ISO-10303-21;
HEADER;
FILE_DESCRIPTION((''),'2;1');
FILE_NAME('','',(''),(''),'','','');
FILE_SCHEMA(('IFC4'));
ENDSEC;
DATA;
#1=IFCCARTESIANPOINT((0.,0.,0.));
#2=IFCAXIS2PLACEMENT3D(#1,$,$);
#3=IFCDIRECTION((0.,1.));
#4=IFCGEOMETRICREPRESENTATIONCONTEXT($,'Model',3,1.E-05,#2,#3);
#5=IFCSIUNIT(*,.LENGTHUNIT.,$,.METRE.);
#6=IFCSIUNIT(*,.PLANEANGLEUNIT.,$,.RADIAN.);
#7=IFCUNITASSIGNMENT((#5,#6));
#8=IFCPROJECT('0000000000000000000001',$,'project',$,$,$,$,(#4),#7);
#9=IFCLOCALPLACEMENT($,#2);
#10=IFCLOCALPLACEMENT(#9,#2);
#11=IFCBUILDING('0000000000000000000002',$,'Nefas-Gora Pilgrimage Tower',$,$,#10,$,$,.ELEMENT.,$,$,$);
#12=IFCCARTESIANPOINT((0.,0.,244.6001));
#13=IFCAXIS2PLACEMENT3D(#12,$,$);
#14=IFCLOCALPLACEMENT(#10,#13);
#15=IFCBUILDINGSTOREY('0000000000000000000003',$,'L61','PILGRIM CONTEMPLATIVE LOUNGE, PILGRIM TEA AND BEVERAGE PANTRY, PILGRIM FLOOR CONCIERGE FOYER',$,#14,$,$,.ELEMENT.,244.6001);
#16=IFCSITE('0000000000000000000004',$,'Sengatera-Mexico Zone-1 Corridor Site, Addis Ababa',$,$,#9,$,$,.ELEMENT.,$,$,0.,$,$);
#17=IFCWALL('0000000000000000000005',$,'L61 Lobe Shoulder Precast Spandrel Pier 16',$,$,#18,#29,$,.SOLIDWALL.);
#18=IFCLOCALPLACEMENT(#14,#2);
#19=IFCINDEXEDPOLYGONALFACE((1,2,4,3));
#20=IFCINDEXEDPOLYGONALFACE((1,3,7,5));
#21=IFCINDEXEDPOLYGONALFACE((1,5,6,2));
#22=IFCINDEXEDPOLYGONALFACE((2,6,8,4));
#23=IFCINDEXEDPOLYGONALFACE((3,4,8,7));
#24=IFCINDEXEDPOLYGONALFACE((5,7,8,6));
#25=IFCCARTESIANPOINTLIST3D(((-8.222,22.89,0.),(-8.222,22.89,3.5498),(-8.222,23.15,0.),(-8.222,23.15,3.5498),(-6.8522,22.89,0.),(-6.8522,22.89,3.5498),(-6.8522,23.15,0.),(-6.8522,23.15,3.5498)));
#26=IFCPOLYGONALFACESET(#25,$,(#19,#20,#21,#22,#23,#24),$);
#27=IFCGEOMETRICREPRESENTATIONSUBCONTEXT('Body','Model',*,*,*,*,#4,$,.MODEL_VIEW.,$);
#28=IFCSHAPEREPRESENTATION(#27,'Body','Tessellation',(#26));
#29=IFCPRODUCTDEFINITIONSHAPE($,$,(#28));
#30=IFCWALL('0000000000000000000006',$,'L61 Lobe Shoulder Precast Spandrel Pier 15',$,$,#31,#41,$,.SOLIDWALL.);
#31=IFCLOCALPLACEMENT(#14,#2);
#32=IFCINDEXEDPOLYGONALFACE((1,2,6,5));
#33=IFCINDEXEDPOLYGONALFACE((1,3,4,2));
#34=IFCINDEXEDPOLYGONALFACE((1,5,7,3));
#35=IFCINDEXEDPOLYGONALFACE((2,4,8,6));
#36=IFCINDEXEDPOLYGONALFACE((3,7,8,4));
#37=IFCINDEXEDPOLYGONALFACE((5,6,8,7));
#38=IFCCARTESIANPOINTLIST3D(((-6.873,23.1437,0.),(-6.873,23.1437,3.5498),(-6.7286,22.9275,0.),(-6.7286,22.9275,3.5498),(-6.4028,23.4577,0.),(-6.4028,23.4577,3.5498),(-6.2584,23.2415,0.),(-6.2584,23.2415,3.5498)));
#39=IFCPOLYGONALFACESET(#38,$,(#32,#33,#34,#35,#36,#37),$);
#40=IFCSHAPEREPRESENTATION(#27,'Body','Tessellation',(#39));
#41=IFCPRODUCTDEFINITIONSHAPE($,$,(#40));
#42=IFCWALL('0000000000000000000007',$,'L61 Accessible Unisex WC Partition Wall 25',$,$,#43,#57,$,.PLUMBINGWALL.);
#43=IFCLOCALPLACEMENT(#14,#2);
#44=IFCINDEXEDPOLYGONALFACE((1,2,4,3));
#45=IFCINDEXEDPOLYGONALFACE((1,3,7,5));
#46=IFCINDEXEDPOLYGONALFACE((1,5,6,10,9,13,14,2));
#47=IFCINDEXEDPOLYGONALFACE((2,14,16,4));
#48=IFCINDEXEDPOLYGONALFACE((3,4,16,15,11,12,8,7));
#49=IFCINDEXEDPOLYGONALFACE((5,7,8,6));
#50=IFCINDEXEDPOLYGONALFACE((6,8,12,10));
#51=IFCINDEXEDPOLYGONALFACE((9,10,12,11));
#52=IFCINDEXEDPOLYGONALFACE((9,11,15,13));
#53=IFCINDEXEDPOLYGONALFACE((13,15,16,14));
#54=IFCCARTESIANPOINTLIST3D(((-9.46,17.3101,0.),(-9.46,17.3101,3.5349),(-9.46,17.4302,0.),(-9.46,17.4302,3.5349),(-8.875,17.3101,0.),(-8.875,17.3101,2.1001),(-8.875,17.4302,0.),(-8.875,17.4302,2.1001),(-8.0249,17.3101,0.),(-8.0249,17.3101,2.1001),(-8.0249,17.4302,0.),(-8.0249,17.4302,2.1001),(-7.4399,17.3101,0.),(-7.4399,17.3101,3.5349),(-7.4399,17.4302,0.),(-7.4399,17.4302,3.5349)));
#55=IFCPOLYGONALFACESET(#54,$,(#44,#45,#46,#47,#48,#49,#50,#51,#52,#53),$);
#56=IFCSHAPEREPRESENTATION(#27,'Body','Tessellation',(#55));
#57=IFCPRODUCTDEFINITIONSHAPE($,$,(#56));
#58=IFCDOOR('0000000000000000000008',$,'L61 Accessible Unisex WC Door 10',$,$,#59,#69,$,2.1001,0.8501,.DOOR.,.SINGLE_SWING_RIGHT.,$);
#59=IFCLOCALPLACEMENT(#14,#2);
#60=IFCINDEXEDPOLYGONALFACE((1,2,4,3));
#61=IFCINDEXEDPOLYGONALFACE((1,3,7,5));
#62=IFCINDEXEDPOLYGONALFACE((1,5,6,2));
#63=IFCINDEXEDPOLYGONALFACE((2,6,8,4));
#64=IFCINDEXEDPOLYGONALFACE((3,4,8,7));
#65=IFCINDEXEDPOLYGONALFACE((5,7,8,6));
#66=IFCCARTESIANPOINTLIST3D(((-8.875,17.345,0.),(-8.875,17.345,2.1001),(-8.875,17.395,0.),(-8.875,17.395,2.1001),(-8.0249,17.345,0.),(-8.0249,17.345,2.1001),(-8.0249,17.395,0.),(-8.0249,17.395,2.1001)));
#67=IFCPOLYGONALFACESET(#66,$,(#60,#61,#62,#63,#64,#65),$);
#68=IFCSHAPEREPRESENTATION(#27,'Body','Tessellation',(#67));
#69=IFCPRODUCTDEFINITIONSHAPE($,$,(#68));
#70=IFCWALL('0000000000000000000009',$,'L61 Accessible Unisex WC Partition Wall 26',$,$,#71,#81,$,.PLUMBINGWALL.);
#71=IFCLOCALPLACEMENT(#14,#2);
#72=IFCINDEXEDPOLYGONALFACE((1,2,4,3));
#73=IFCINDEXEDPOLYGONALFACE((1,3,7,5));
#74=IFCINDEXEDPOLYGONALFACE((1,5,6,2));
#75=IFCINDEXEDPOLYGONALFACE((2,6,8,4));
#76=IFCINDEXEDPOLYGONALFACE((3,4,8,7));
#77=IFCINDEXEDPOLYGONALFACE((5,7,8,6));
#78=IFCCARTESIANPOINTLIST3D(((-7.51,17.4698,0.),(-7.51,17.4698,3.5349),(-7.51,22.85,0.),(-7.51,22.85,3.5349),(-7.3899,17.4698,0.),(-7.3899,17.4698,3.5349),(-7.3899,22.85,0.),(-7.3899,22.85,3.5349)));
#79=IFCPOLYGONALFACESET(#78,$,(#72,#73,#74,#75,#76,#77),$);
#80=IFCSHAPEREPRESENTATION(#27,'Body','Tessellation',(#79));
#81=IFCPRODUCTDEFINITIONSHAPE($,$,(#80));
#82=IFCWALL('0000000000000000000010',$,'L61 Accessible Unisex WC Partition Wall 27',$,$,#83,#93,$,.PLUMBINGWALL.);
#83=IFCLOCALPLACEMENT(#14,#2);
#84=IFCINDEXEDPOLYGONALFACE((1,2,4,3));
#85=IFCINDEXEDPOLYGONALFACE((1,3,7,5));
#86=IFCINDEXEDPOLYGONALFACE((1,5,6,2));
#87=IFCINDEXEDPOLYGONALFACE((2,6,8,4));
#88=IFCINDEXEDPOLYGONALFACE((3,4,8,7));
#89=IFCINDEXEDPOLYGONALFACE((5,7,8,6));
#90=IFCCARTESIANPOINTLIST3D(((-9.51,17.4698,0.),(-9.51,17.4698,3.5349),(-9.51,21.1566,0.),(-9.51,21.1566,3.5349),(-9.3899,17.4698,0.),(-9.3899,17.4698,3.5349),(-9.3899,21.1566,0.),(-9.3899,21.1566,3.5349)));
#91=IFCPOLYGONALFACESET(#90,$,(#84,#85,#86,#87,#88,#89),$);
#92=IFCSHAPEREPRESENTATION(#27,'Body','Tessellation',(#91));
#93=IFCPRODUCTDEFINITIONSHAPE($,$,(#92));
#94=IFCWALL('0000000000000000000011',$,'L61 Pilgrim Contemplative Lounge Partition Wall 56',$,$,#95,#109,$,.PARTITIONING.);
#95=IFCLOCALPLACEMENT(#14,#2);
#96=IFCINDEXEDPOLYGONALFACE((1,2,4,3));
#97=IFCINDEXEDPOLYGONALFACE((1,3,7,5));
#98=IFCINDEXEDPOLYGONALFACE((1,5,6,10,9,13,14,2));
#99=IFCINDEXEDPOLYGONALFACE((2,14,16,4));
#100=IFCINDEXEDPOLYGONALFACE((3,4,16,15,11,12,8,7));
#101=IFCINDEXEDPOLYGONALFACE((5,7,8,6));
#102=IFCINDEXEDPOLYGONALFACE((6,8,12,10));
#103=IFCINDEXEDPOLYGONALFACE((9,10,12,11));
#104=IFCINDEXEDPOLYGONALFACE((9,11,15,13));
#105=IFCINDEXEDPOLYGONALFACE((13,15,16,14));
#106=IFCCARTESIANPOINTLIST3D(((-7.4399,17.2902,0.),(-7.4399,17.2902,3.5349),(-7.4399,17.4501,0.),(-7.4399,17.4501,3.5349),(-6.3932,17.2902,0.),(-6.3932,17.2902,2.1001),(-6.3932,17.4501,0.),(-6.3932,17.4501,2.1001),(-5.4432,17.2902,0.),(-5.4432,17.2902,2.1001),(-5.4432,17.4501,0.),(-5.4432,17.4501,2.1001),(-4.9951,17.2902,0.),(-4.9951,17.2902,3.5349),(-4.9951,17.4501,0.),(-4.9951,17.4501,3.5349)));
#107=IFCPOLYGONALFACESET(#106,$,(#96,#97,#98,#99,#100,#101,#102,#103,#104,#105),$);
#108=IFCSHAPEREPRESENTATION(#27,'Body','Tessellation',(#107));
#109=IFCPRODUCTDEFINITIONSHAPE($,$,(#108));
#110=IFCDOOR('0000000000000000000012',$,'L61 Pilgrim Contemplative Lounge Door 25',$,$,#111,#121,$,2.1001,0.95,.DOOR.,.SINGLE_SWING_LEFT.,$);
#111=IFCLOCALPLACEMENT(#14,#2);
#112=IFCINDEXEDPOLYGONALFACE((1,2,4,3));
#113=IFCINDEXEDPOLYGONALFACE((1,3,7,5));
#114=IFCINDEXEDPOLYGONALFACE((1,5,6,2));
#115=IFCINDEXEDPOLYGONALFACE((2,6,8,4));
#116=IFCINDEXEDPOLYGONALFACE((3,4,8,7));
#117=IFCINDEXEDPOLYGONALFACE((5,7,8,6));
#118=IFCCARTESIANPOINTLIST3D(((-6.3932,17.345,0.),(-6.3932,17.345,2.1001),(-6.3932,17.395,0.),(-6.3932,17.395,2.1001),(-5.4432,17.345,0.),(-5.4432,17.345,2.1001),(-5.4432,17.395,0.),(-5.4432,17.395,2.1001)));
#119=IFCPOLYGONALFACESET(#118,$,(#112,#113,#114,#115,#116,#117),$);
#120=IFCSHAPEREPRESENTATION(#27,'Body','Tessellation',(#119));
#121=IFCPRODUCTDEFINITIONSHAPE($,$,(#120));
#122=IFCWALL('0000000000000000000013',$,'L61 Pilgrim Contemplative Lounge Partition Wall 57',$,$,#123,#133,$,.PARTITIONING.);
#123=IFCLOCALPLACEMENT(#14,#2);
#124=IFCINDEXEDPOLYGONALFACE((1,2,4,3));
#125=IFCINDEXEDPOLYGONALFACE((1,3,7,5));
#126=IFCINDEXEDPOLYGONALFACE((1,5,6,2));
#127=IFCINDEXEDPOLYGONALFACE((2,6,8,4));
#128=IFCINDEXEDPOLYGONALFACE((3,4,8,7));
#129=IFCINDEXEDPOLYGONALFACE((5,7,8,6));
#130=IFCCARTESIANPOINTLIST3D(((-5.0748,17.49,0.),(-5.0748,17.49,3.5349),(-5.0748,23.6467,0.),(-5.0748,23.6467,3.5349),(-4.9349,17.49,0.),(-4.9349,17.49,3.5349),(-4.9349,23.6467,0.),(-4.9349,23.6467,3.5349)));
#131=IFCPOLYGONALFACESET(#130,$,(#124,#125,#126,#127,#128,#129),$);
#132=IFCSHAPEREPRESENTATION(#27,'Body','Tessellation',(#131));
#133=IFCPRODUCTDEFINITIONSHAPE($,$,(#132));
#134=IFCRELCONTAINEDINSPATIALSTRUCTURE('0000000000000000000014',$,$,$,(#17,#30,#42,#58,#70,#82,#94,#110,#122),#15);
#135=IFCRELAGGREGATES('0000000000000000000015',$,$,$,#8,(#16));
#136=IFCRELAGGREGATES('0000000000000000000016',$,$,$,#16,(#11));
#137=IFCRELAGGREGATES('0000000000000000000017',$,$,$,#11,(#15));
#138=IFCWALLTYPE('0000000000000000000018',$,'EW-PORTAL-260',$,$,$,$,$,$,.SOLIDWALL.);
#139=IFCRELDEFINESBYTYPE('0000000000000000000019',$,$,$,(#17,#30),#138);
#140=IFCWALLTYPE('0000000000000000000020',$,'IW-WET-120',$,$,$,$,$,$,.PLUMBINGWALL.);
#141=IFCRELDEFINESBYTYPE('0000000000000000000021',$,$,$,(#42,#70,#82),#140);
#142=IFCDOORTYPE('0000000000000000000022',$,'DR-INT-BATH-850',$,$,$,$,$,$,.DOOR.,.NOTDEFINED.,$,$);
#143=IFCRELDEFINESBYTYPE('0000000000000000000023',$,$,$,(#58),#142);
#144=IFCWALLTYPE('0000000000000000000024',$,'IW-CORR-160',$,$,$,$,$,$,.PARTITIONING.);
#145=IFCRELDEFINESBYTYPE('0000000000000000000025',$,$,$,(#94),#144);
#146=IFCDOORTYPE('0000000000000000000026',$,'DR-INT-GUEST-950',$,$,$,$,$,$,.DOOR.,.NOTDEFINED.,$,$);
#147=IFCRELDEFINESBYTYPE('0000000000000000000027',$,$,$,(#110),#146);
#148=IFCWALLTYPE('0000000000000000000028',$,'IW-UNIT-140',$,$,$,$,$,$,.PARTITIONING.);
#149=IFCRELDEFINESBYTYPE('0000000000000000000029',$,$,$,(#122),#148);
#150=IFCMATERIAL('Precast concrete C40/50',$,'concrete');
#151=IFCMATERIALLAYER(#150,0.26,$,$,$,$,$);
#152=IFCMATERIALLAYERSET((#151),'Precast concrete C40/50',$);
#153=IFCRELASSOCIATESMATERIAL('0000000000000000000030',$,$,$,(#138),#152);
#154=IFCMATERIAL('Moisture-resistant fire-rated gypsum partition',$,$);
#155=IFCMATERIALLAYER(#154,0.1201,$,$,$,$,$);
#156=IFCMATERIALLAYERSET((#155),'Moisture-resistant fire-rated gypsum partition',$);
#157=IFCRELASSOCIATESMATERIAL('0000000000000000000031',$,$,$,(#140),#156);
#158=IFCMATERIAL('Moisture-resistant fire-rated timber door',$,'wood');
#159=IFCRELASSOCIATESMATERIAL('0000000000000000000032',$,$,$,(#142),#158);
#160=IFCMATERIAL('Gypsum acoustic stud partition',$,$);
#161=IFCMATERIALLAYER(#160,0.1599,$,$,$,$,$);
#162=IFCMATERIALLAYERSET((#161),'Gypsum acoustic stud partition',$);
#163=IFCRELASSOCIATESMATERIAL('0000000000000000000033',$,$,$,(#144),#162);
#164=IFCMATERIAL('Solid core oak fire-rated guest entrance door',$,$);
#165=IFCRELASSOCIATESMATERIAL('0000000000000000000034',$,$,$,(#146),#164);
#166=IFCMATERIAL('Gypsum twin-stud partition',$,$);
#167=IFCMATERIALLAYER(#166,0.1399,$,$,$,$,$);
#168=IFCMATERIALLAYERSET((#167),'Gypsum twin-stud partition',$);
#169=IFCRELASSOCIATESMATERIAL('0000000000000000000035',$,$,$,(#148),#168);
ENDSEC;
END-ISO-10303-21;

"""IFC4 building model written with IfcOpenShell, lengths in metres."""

from ifc_helpers import new_model, si_unit, direction, frame, frame_2d, origin, place, context, subcontext, project, spatial, rectangle, extrude, source, transform, mapped, material, layer, layer_set, type_object, element, fill, save


model = new_model("IFC4")

# Units and contexts
model_context = context("Model", 3, precision=1e-05, world=origin(), true_north=direction((0.0, 1.0)))
body_context = subcontext(model_context, "Body", "Model", "MODEL_VIEW")
ifc_project = project(units=[si_unit("LENGTHUNIT", "METRE"), si_unit("PLANEANGLEUNIT", "RADIAN")], contexts=[model_context])

# Site, building, storey
site_placement = place(None, origin())
site = spatial("IfcSite", under=ifc_project, at=site_placement, Name="Sengatera-Mexico Zone-1 Corridor Site, Addis Ababa", CompositionType="ELEMENT", RefElevation=0.0)
building_placement = place(site_placement, origin())
building = spatial("IfcBuilding", under=site, at=building_placement, Name="Nefas-Gora Pilgrimage Tower", CompositionType="ELEMENT")
storey_placement = place(building_placement, frame((0.0, 0.0, 244.6001)))
storey = spatial("IfcBuildingStorey", under=building, at=storey_placement, Name="L61", Description="PILGRIM CONTEMPLATIVE LOUNGE, PILGRIM TEA AND BEVERAGE PANTRY, PILGRIM FLOOR CONCIERGE FOYER", CompositionType="ELEMENT", Elevation=244.6001)

# Walls
ifc_material_1 = material(Name="Precast concrete C40/50", Category="concrete")
ifc_layer_1 = layer(ifc_material_1, 0.26)
ifc_layer_set_1 = layer_set([ifc_layer_1], Name="Precast concrete C40/50")
wall_type_1 = type_object("IfcWallType", Name="EW-PORTAL-260", PredefinedType="SOLIDWALL", material=ifc_layer_set_1)
shared_shape_1 = source(origin(), body_context, "Body", "SweptSolid", [
    extrude(rectangle(XDim=1.3699, YDim=0.26, at=frame_2d((0.6851, 0.0))), origin(), (0.0, 0.0, 1.0), 3.5498),
])
wall_1_placement = place(storey_placement, frame((-6.8521, 23.02, 0.0), z_axis=(0.0, 0.0, 1.0), x_axis=(-1.0, 0.0, 0.0)))
element("IfcWall", 1, at=wall_1_placement, inside=storey, type_object=wall_type_1, Name="L61 Lobe Shoulder Precast Spandrel Pier 16", PredefinedType="SOLIDWALL", context=body_context, shape_type="MappedRepresentation", body=[
    mapped(shared_shape_1, transform((0.0, 0.0, 0.0), x_axis=(1.0, 0.0, 0.0), y_axis=(0.0, 1.0, 0.0), z_axis=(0.0, 0.0, 1.0), scale=1.0)),
])
shared_shape_2 = source(origin(), body_context, "Body", "SweptSolid", [
    extrude(rectangle(XDim=0.5654, YDim=0.26, at=frame_2d((0.2827, 0.0))), origin(), (0.0, 0.0, 1.0), 3.5498),
])
wall_2_placement = place(storey_placement, frame((-6.3306, 23.3496, 0.0), z_axis=(0.0, 0.0, 1.0), x_axis=(-0.831651, -0.555298, 0.0)))
element("IfcWall", 2, at=wall_2_placement, inside=storey, type_object=wall_type_1, Name="L61 Lobe Shoulder Precast Spandrel Pier 15", PredefinedType="SOLIDWALL", context=body_context, shape_type="MappedRepresentation", body=[
    mapped(shared_shape_2, transform((0.0, 0.0, 0.0), x_axis=(1.0, 0.0, 0.0), y_axis=(0.0, 1.0, 0.0), z_axis=(0.0, 0.0, 1.0), scale=1.0)),
])

# Wall, opening, door
ifc_material_2 = material(Name="Moisture-resistant fire-rated gypsum partition")
ifc_layer_2 = layer(ifc_material_2, 0.1201)
ifc_layer_set_2 = layer_set([ifc_layer_2], Name="Moisture-resistant fire-rated gypsum partition")
wall_type_2 = type_object("IfcWallType", Name="IW-WET-120", PredefinedType="PLUMBINGWALL", material=ifc_layer_set_2)
shared_shape_3 = source(origin(), body_context, "Body", "SweptSolid", [
    extrude(rectangle(XDim=2.02, YDim=0.1201, at=frame_2d((1.01, 0.0))), origin(), (0.0, 0.0, 1.0), 3.5349),
])
wall_3_placement = place(storey_placement, frame((-9.46, 17.3701, 0.0), z_axis=(0.0, 0.0, 1.0), x_axis=(1.0, 0.0, 0.0)))
wall_3 = element("IfcWall", 3, at=wall_3_placement, inside=storey, type_object=wall_type_2, Name="L61 Accessible Unisex WC Partition Wall 25", PredefinedType="PLUMBINGWALL", context=body_context, shape_type="MappedRepresentation", body=[
    mapped(shared_shape_3, transform((0.0, 0.0, 0.0), x_axis=(1.0, 0.0, 0.0), y_axis=(0.0, 1.0, 0.0), z_axis=(0.0, 0.0, 1.0), scale=1.0)),
])
opening_1_placement = place(wall_3_placement, frame((0.585, 0.0, 0.0)))
opening_1 = element("IfcOpeningElement", 4, at=opening_1_placement, cuts=wall_3, PredefinedType="OPENING", context=body_context, shape_type="SweptSolid", body=[
    extrude(rectangle(XDim=0.8501, YDim=2.1001, at=frame_2d((0.425, 1.05))), frame((0.0, 0.0701, 0.0), z_axis=(0.0, -1.0, 0.0), x_axis=(1.0, 0.0, 0.0)), (0.0, 0.0, 1.0), 0.1401),
])
ifc_material_3 = material(Name="Moisture-resistant fire-rated timber door", Category="wood")
door_type_1 = type_object("IfcDoorType", Name="DR-INT-BATH-850", OperationType="NOTDEFINED", PredefinedType="DOOR", material=ifc_material_3)
shared_shape_4 = source(origin(), body_context, "Body", "SweptSolid", [
    extrude(rectangle(XDim=0.8501, YDim=2.1001, at=frame_2d((0.425, 1.05))), frame((0.0, 0.0249, 0.0), z_axis=(0.0, -1.0, 0.0), x_axis=(1.0, 0.0, 0.0)), (0.0, 0.0, 1.0), 0.05),
])
door_1_placement = place(opening_1_placement, origin())
door_1 = element("IfcDoor", 5, at=door_1_placement, inside=storey, type_object=door_type_1, Name="L61 Accessible Unisex WC Door 10", OperationType="SINGLE_SWING_RIGHT", OverallHeight=2.1001, OverallWidth=0.8501, PredefinedType="DOOR", context=body_context, shape_type="MappedRepresentation", body=[
    mapped(shared_shape_4, transform((0.0, 0.0, 0.0), x_axis=(1.0, 0.0, 0.0), y_axis=(0.0, 1.0, 0.0), z_axis=(0.0, 0.0, 1.0), scale=1.0)),
])
fill(opening_1, door_1)

# Walls
shared_shape_5 = source(origin(), body_context, "Body", "SweptSolid", [
    extrude(rectangle(XDim=5.3801, YDim=0.1201, at=frame_2d((2.6899, 0.0))), origin(), (0.0, 0.0, 1.0), 3.5349),
])
wall_4_placement = place(storey_placement, frame((-7.45, 17.47, 0.0), z_axis=(0.0, 0.0, 1.0), x_axis=(0.0, 1.0, 0.0)))
element("IfcWall", 6, at=wall_4_placement, inside=storey, type_object=wall_type_2, Name="L61 Accessible Unisex WC Partition Wall 26", PredefinedType="PLUMBINGWALL", context=body_context, shape_type="MappedRepresentation", body=[
    mapped(shared_shape_5, transform((0.0, 0.0, 0.0), x_axis=(1.0, 0.0, 0.0), y_axis=(0.0, 1.0, 0.0), z_axis=(0.0, 0.0, 1.0), scale=1.0)),
])
shared_shape_6 = source(origin(), body_context, "Body", "SweptSolid", [
    extrude(rectangle(XDim=3.6868, YDim=0.1201, at=frame_2d((1.8433, 0.0))), origin(), (0.0, 0.0, 1.0), 3.5349),
])
wall_5_placement = place(storey_placement, frame((-9.45, 17.47, 0.0), z_axis=(0.0, 0.0, 1.0), x_axis=(0.0, 1.0, 0.0)))
element("IfcWall", 7, at=wall_5_placement, inside=storey, type_object=wall_type_2, Name="L61 Accessible Unisex WC Partition Wall 27", PredefinedType="PLUMBINGWALL", context=body_context, shape_type="MappedRepresentation", body=[
    mapped(shared_shape_6, transform((0.0, 0.0, 0.0), x_axis=(1.0, 0.0, 0.0), y_axis=(0.0, 1.0, 0.0), z_axis=(0.0, 0.0, 1.0), scale=1.0)),
])

# Wall, opening, door
ifc_material_4 = material(Name="Gypsum acoustic stud partition")
ifc_layer_3 = layer(ifc_material_4, 0.1599)
ifc_layer_set_3 = layer_set([ifc_layer_3], Name="Gypsum acoustic stud partition")
wall_type_3 = type_object("IfcWallType", Name="IW-CORR-160", PredefinedType="PARTITIONING", material=ifc_layer_set_3)
shared_shape_7 = source(origin(), body_context, "Body", "SweptSolid", [
    extrude(rectangle(XDim=2.4448, YDim=0.1599, at=frame_2d((1.2224, 0.0))), origin(), (0.0, 0.0, 1.0), 3.5349),
])
wall_6_placement = place(storey_placement, frame((-7.4399, 17.3701, 0.0), z_axis=(0.0, 0.0, 1.0), x_axis=(1.0, 0.0, 0.0)))
wall_6 = element("IfcWall", 8, at=wall_6_placement, inside=storey, type_object=wall_type_3, Name="L61 Pilgrim Contemplative Lounge Partition Wall 56", PredefinedType="PARTITIONING", context=body_context, shape_type="MappedRepresentation", body=[
    mapped(shared_shape_7, transform((0.0, 0.0, 0.0), x_axis=(1.0, 0.0, 0.0), y_axis=(0.0, 1.0, 0.0), z_axis=(0.0, 0.0, 1.0), scale=1.0)),
])
opening_2_placement = place(wall_6_placement, frame((1.0466, 0.0, 0.0)))
opening_2 = element("IfcOpeningElement", 9, at=opening_2_placement, cuts=wall_6, PredefinedType="OPENING", context=body_context, shape_type="SweptSolid", body=[
    extrude(rectangle(XDim=0.95, YDim=2.1001, at=frame_2d((0.4751, 1.05))), frame((0.0, 0.0898, 0.0), z_axis=(0.0, -1.0, 0.0), x_axis=(1.0, 0.0, 0.0)), (0.0, 0.0, 1.0), 0.1799),
])
ifc_material_5 = material(Name="Solid core oak fire-rated guest entrance door")
door_type_2 = type_object("IfcDoorType", Name="DR-INT-GUEST-950", OperationType="NOTDEFINED", PredefinedType="DOOR", material=ifc_material_5)
shared_shape_8 = source(origin(), body_context, "Body", "SweptSolid", [
    extrude(rectangle(XDim=0.95, YDim=2.1001, at=frame_2d((0.4751, 1.05))), frame((0.0, 0.0249, 0.0), z_axis=(0.0, -1.0, 0.0), x_axis=(1.0, 0.0, 0.0)), (0.0, 0.0, 1.0), 0.05),
])
door_2_placement = place(opening_2_placement, origin())
door_2 = element("IfcDoor", 10, at=door_2_placement, inside=storey, type_object=door_type_2, Name="L61 Pilgrim Contemplative Lounge Door 25", OperationType="SINGLE_SWING_LEFT", OverallHeight=2.1001, OverallWidth=0.95, PredefinedType="DOOR", context=body_context, shape_type="MappedRepresentation", body=[
    mapped(shared_shape_8, transform((0.0, 0.0, 0.0), x_axis=(1.0, 0.0, 0.0), y_axis=(0.0, 1.0, 0.0), z_axis=(0.0, 0.0, 1.0), scale=1.0)),
])
fill(opening_2, door_2)

# Wall
ifc_material_6 = material(Name="Gypsum twin-stud partition")
ifc_layer_4 = layer(ifc_material_6, 0.1399)
ifc_layer_set_4 = layer_set([ifc_layer_4], Name="Gypsum twin-stud partition")
wall_type_4 = type_object("IfcWallType", Name="IW-UNIT-140", PredefinedType="PARTITIONING", material=ifc_layer_set_4)
shared_shape_9 = source(origin(), body_context, "Body", "SweptSolid", [
    extrude(rectangle(XDim=6.1567, YDim=0.1399, at=frame_2d((3.0784, 0.0))), origin(), (0.0, 0.0, 1.0), 3.5349),
])
wall_7_placement = place(storey_placement, frame((-5.0049, 17.49, 0.0), z_axis=(0.0, 0.0, 1.0), x_axis=(0.0, 1.0, 0.0)))
element("IfcWall", 11, at=wall_7_placement, inside=storey, type_object=wall_type_4, Name="L61 Pilgrim Contemplative Lounge Partition Wall 57", PredefinedType="PARTITIONING", context=body_context, shape_type="MappedRepresentation", body=[
    mapped(shared_shape_9, transform((0.0, 0.0, 0.0), x_axis=(1.0, 0.0, 0.0), y_axis=(0.0, 1.0, 0.0), z_axis=(0.0, 0.0, 1.0), scale=1.0)),
])

save(model, "model.ifc")
